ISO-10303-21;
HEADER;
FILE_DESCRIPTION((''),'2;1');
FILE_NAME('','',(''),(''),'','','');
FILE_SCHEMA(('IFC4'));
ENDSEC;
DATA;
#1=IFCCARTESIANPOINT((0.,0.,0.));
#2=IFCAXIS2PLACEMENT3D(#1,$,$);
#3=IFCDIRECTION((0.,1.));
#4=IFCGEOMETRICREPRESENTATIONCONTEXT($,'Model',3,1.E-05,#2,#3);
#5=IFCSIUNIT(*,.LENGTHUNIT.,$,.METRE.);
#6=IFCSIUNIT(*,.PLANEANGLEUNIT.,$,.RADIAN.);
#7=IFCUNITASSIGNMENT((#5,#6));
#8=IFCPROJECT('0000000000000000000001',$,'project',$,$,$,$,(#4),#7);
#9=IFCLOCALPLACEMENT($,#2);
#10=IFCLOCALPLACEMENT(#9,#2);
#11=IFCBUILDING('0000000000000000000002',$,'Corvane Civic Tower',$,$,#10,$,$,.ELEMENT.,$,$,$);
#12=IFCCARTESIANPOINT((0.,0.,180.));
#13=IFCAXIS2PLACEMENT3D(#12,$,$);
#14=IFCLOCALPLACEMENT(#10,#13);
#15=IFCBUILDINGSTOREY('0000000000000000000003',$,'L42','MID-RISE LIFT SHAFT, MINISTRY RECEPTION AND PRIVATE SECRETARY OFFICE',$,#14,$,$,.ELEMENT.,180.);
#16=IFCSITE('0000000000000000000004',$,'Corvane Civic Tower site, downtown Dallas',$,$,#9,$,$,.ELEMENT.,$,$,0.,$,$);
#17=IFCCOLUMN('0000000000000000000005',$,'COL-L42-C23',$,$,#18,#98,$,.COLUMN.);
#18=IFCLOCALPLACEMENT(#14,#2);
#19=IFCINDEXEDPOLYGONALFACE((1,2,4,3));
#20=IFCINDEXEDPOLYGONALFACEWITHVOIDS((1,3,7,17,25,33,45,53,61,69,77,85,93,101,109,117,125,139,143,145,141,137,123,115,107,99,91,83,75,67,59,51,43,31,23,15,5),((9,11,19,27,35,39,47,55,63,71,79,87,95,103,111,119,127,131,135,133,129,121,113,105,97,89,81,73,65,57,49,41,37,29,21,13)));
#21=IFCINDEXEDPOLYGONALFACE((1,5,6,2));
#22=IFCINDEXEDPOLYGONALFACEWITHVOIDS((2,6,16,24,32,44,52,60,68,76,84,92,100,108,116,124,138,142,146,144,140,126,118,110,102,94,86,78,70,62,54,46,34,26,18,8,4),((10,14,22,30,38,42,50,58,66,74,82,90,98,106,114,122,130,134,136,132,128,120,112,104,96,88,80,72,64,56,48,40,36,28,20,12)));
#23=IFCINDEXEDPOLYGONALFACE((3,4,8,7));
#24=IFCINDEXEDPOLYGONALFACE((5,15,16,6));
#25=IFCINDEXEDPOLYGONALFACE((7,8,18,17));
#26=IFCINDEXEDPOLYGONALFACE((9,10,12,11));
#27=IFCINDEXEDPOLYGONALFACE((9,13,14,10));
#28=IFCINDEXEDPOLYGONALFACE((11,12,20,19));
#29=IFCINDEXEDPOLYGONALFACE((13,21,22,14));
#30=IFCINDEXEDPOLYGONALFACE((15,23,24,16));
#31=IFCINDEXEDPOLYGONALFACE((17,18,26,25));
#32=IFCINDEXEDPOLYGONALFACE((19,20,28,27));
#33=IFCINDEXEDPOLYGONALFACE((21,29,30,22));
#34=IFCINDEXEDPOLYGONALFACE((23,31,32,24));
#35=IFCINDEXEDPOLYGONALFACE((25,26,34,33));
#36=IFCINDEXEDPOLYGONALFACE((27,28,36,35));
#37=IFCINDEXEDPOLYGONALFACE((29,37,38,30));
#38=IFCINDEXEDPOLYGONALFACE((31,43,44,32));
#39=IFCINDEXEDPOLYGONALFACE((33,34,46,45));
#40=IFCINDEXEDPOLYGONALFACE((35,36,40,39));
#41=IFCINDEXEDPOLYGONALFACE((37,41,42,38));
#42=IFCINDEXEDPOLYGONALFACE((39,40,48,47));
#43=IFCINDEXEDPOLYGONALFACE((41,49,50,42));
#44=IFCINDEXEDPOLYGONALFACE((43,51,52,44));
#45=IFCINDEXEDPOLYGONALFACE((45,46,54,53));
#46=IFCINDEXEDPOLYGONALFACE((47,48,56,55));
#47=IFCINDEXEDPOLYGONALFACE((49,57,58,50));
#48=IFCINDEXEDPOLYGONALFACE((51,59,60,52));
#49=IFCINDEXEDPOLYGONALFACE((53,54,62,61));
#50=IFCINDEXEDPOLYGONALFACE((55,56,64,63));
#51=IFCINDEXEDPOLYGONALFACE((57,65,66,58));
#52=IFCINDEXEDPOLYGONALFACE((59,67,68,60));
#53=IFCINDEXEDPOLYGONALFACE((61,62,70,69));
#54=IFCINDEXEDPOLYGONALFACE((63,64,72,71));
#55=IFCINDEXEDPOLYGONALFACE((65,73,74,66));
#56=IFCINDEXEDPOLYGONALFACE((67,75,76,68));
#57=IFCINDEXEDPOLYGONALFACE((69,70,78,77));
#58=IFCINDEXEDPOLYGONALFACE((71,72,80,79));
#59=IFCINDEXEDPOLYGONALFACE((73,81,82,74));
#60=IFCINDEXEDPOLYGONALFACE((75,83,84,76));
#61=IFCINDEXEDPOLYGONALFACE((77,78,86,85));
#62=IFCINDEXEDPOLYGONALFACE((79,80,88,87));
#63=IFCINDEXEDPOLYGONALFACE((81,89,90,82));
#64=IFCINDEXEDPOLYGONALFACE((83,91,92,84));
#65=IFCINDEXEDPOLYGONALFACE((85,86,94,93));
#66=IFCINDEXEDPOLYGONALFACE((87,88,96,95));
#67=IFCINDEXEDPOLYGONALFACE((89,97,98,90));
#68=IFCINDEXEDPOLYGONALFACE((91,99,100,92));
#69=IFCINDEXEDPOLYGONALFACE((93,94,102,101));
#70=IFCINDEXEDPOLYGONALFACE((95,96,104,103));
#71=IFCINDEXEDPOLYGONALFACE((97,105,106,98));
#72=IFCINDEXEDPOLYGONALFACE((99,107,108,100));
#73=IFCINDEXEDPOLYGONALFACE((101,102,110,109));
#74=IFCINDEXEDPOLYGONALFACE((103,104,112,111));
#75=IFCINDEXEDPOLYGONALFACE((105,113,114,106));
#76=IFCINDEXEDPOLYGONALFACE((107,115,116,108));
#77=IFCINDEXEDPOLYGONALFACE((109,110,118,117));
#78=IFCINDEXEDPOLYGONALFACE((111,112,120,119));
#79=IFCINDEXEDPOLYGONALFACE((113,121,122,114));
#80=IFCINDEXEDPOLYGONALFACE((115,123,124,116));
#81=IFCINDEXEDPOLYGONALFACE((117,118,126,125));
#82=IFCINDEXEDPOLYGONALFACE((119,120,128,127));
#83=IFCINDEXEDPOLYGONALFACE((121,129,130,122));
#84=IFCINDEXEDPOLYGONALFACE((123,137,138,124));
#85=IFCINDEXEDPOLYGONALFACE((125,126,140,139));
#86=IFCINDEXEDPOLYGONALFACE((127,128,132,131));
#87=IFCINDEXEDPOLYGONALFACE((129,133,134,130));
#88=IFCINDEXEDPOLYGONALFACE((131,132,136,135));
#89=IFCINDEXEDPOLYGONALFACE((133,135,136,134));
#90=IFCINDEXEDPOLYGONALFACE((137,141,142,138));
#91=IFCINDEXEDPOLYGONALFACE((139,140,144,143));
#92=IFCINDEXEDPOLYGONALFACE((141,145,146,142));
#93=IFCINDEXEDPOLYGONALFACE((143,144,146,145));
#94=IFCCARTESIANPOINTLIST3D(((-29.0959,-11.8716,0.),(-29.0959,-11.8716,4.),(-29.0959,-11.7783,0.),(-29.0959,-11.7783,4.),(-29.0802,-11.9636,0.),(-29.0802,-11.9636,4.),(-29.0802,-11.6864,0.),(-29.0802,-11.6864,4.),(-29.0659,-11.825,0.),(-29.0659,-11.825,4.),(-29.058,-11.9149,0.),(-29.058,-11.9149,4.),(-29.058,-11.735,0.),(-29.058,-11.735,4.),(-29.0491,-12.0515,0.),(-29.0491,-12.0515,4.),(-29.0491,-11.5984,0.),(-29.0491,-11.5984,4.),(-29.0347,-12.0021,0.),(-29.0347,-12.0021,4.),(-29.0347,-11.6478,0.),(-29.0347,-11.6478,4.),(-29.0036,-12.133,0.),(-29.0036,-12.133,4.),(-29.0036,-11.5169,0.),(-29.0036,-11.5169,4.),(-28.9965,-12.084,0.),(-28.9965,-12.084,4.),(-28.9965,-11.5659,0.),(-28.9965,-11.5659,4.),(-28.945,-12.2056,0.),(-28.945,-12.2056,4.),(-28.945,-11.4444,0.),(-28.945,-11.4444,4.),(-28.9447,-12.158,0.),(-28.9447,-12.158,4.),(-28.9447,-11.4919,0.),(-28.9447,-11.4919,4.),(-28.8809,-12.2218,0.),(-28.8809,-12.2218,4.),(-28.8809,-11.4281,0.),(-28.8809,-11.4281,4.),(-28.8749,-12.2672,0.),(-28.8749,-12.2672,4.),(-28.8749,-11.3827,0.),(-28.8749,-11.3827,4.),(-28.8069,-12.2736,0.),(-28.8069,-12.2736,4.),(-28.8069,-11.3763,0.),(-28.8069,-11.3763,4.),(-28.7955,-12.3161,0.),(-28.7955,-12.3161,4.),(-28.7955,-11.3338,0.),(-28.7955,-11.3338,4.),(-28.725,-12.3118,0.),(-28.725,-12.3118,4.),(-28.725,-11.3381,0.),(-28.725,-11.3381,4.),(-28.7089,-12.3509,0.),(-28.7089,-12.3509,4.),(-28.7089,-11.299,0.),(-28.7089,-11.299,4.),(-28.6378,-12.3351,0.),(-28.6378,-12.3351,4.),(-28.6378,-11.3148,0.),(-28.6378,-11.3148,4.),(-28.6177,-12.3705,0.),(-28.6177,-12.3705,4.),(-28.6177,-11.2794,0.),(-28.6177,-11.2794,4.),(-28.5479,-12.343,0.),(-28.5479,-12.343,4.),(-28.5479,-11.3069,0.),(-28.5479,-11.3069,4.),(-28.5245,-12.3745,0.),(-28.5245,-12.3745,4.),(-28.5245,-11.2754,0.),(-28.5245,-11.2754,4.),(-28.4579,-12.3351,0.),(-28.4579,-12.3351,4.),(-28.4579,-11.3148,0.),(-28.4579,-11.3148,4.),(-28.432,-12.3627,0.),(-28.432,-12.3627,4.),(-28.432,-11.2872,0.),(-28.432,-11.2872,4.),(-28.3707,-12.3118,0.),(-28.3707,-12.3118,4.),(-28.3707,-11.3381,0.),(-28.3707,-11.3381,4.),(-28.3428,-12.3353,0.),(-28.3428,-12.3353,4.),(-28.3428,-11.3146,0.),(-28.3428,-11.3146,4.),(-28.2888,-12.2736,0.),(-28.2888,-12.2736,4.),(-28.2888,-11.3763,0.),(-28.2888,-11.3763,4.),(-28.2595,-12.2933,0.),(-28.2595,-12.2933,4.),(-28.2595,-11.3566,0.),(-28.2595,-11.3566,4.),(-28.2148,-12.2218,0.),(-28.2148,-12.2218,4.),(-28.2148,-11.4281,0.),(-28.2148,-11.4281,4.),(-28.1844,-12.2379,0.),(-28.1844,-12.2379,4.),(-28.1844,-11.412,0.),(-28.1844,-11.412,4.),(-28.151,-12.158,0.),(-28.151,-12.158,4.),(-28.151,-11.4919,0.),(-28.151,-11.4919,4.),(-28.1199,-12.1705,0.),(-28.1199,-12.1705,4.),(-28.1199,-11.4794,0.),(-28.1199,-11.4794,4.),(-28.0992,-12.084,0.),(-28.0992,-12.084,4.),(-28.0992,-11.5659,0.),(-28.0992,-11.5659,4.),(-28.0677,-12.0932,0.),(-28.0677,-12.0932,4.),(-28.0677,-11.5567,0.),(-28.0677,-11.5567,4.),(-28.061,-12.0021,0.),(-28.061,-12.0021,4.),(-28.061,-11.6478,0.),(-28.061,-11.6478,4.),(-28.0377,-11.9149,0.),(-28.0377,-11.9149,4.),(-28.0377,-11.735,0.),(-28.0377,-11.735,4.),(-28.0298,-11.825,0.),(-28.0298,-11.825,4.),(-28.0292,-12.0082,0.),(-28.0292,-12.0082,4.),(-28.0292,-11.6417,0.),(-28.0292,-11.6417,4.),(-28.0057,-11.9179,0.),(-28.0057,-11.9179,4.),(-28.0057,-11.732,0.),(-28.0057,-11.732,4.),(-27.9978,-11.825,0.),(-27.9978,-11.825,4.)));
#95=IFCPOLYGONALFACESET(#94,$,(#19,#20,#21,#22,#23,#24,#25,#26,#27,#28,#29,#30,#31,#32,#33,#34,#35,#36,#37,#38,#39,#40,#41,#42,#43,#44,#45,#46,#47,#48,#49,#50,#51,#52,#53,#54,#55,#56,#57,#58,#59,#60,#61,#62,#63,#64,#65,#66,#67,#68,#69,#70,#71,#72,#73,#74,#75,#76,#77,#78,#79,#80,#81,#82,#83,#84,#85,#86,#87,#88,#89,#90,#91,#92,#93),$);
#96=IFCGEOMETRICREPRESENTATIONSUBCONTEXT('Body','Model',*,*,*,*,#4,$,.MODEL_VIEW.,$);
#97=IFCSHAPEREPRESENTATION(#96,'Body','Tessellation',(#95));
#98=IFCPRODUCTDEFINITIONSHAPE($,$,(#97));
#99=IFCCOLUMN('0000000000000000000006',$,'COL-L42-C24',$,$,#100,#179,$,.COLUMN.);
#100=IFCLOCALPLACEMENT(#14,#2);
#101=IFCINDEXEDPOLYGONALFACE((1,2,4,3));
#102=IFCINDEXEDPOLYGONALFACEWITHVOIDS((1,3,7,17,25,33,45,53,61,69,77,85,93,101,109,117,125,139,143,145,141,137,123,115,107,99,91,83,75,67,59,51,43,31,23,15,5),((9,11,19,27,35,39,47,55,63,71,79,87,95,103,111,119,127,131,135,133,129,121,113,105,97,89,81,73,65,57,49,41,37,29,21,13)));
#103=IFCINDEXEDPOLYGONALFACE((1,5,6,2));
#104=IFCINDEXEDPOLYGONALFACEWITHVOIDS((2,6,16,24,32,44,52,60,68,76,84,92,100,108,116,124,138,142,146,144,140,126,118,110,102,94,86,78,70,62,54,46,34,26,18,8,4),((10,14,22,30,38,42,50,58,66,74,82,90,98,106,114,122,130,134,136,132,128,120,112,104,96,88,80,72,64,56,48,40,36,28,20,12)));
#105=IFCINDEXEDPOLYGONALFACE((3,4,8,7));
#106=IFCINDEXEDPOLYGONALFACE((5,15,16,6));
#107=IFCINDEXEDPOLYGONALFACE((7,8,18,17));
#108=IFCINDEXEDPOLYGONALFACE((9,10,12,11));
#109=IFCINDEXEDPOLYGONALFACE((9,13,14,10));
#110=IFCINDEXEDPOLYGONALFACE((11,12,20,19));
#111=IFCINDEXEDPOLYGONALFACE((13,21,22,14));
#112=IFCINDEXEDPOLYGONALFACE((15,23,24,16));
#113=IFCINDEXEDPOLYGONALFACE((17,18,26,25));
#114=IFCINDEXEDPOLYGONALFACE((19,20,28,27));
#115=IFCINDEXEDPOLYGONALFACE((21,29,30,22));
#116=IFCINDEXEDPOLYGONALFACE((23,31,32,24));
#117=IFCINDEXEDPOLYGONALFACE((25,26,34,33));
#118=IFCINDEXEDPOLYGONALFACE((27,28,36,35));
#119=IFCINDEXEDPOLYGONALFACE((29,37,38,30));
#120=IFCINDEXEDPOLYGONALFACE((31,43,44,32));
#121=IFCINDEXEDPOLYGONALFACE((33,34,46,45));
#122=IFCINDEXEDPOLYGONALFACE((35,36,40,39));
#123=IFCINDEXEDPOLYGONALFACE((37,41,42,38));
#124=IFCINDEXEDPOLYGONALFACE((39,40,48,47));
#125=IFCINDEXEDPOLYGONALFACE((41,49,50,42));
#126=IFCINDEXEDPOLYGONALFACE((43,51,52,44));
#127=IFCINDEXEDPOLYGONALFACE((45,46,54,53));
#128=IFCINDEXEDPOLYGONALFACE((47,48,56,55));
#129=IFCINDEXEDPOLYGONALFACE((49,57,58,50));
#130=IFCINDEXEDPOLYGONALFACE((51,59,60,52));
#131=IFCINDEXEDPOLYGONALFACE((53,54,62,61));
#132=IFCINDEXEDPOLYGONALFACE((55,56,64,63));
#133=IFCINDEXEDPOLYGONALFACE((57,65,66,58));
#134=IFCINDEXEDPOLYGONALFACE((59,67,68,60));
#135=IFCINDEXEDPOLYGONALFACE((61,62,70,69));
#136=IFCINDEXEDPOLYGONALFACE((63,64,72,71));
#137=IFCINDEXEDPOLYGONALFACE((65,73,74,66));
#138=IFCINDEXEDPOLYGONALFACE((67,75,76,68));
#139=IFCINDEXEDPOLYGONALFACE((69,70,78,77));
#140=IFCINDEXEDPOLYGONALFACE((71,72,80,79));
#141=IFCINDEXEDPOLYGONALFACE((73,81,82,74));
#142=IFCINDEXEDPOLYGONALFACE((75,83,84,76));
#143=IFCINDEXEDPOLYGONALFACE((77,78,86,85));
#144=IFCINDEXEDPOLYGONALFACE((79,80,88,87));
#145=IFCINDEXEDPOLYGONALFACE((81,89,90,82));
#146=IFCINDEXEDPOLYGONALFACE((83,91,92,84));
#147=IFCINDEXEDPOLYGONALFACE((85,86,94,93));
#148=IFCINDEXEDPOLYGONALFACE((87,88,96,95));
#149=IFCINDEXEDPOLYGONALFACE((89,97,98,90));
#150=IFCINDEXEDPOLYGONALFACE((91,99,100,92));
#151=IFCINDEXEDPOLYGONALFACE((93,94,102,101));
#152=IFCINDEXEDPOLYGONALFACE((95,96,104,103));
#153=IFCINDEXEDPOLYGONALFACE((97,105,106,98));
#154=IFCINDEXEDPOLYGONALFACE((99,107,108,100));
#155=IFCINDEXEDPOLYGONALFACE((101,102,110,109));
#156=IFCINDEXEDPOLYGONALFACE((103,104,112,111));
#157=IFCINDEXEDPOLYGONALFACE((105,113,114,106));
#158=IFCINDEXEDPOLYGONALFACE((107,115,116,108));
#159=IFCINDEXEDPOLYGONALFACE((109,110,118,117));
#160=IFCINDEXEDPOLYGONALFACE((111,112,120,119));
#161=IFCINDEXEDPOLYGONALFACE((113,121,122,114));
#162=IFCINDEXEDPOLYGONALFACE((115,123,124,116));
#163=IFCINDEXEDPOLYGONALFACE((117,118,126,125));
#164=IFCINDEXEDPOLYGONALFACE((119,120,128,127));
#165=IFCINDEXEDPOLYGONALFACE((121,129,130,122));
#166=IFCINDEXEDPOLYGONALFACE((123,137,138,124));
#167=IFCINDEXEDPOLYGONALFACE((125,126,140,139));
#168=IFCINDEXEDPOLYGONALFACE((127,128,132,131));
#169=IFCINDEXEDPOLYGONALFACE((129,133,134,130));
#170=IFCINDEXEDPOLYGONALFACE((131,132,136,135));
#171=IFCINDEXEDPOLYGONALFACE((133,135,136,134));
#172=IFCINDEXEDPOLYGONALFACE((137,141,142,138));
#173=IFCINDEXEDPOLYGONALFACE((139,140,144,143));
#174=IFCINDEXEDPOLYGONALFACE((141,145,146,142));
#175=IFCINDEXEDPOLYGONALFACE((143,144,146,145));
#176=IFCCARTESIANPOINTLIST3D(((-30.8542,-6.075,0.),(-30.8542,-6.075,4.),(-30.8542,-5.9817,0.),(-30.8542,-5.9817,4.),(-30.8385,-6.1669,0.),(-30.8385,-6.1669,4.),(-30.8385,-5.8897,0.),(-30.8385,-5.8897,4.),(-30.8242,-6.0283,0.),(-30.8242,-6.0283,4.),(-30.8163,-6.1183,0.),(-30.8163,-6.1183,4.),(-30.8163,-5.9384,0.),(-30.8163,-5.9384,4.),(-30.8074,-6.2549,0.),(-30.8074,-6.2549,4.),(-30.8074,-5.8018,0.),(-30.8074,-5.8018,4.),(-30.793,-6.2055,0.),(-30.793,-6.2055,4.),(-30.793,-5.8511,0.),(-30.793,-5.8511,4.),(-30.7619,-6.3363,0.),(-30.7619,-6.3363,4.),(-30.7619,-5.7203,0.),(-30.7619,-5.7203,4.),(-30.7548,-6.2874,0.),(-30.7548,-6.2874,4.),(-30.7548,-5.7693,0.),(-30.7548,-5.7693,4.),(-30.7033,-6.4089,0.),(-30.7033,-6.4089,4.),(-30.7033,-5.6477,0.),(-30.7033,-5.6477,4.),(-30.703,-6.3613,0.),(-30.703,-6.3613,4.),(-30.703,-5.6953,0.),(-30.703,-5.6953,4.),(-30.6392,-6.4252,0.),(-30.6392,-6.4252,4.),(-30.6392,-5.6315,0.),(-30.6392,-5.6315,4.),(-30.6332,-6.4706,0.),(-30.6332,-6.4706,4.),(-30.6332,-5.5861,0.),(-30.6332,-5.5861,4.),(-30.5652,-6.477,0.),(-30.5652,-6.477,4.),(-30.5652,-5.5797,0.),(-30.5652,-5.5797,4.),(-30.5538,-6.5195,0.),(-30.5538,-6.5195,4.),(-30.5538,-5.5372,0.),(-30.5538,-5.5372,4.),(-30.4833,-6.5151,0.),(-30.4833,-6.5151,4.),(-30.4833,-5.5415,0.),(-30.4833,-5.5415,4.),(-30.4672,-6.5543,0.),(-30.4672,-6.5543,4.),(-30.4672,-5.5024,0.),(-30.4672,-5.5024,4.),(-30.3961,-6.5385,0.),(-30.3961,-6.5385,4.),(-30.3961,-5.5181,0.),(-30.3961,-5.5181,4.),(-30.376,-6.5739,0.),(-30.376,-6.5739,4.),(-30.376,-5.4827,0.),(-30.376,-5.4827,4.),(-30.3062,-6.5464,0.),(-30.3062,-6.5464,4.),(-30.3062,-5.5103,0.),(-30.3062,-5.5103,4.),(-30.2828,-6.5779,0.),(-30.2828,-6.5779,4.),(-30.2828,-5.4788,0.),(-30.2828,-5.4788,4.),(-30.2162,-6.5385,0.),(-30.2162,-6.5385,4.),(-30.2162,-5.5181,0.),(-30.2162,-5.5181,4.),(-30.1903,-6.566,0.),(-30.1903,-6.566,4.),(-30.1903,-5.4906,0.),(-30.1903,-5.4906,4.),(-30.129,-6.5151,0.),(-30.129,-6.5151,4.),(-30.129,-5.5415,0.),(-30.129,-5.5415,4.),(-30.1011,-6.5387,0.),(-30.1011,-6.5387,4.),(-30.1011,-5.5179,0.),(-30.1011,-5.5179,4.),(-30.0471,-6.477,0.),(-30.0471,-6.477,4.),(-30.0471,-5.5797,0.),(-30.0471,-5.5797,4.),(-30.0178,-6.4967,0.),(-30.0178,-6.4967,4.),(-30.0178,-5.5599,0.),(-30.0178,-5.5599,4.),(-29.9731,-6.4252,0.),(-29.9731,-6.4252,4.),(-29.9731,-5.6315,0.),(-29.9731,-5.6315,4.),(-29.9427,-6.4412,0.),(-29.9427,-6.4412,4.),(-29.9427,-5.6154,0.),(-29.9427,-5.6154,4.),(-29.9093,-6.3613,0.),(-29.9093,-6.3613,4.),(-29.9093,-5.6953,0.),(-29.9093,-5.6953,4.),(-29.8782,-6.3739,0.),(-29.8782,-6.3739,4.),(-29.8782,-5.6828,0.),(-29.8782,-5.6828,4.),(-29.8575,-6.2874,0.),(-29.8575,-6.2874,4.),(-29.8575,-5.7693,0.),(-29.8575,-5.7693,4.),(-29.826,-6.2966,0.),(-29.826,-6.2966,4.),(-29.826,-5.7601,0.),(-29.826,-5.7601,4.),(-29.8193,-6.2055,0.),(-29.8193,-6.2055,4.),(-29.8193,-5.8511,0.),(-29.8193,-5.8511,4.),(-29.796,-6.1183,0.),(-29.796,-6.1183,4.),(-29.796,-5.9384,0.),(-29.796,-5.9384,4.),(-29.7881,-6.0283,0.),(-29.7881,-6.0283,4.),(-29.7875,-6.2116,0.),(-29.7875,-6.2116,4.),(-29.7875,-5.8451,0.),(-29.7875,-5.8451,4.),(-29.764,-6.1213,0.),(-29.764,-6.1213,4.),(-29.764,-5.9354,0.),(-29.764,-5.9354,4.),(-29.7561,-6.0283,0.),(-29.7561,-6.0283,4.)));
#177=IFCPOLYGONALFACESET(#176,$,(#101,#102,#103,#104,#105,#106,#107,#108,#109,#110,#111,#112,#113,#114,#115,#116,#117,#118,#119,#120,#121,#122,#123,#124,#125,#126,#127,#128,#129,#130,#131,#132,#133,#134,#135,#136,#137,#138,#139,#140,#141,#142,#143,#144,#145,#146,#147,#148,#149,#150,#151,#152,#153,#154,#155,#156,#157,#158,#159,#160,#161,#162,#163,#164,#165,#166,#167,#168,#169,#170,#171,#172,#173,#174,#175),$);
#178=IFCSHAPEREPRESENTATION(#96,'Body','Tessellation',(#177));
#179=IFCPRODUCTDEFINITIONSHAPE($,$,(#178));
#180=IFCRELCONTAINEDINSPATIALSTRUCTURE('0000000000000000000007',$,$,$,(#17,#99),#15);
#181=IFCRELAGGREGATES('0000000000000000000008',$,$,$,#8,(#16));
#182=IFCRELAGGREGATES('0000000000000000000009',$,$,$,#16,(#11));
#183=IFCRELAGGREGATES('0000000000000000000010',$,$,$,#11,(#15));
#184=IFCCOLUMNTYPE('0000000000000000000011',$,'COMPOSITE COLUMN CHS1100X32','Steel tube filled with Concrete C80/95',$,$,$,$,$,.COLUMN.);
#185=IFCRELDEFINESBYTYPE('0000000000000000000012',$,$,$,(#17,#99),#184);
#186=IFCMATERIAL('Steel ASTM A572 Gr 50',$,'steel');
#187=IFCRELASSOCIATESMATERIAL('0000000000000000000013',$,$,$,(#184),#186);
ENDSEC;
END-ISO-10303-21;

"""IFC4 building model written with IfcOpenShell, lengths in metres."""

from ifc_helpers import new_model, si_unit, direction, frame, origin, origin_2d, place, context, subcontext, project, spatial, hollow_circle, extrude, material, material_profile, profile_set, type_object, element, save


model = new_model("IFC4")

# Units and contexts
model_context = context("Model", 3, precision=1e-05, world=origin(), true_north=direction((0.0, 1.0)))
body_context = subcontext(model_context, "Body", "Model", "MODEL_VIEW")
ifc_project = project(units=[si_unit("LENGTHUNIT", "METRE"), si_unit("PLANEANGLEUNIT", "RADIAN")], contexts=[model_context])

# Site, building, storey
site_placement = place(None, origin())
site = spatial("IfcSite", under=ifc_project, at=site_placement, Name="Corvane Civic Tower site, downtown Dallas", CompositionType="ELEMENT", RefElevation=0.0)
building_placement = place(site_placement, origin())
building = spatial("IfcBuilding", under=site, at=building_placement, Name="Corvane Civic Tower", CompositionType="ELEMENT")
storey_placement = place(building_placement, frame((0.0, 0.0, 180.0)))
storey = spatial("IfcBuildingStorey", under=building, at=storey_placement, Name="L42", Description="MID-RISE LIFT SHAFT, MINISTRY RECEPTION AND PRIVATE SECRETARY OFFICE", CompositionType="ELEMENT", Elevation=180.0)

# Columns
ifc_material_1 = material(Name="Steel ASTM A572 Gr 50", Category="steel")
ifc_material_profile_1 = material_profile(ifc_material_1, hollow_circle(Radius=0.55, WallThickness=0.032, at=origin_2d()), Name="CHS1100X32")
ifc_profile_set_1 = profile_set([ifc_material_profile_1], Name="Steel ASTM A572 Gr 50")
column_type = type_object("IfcColumnType", Name="COMPOSITE COLUMN CHS1100X32", Description="Steel tube filled with Concrete C80/95", PredefinedType="COLUMN", material=ifc_profile_set_1)
for number, where, z_axis, x_axis, name in (
    (1, (-28.5479, -11.825, 0.0), (0.0, 0.0, 1.0), (1.0, 0.0, 0.0), "COL-L42-C23"),
    (2, (-30.3062, -6.0283, 0.0), (0.0, 0.0, 1.0), (1.0, 0.0, 0.0), "COL-L42-C24"),
):
    element("IfcColumn", number, at=place(storey_placement, frame(where, z_axis=z_axis, x_axis=x_axis)), inside=storey, type_object=column_type, Name=name, PredefinedType="COLUMN", context=body_context, shape_type="SweptSolid", body=[
        extrude(hollow_circle(Radius=0.55, WallThickness=0.032, at=origin_2d()), origin(), (0.0, 0.0, 1.0), 4.0),
    ])

save(model, "model.ifc")
